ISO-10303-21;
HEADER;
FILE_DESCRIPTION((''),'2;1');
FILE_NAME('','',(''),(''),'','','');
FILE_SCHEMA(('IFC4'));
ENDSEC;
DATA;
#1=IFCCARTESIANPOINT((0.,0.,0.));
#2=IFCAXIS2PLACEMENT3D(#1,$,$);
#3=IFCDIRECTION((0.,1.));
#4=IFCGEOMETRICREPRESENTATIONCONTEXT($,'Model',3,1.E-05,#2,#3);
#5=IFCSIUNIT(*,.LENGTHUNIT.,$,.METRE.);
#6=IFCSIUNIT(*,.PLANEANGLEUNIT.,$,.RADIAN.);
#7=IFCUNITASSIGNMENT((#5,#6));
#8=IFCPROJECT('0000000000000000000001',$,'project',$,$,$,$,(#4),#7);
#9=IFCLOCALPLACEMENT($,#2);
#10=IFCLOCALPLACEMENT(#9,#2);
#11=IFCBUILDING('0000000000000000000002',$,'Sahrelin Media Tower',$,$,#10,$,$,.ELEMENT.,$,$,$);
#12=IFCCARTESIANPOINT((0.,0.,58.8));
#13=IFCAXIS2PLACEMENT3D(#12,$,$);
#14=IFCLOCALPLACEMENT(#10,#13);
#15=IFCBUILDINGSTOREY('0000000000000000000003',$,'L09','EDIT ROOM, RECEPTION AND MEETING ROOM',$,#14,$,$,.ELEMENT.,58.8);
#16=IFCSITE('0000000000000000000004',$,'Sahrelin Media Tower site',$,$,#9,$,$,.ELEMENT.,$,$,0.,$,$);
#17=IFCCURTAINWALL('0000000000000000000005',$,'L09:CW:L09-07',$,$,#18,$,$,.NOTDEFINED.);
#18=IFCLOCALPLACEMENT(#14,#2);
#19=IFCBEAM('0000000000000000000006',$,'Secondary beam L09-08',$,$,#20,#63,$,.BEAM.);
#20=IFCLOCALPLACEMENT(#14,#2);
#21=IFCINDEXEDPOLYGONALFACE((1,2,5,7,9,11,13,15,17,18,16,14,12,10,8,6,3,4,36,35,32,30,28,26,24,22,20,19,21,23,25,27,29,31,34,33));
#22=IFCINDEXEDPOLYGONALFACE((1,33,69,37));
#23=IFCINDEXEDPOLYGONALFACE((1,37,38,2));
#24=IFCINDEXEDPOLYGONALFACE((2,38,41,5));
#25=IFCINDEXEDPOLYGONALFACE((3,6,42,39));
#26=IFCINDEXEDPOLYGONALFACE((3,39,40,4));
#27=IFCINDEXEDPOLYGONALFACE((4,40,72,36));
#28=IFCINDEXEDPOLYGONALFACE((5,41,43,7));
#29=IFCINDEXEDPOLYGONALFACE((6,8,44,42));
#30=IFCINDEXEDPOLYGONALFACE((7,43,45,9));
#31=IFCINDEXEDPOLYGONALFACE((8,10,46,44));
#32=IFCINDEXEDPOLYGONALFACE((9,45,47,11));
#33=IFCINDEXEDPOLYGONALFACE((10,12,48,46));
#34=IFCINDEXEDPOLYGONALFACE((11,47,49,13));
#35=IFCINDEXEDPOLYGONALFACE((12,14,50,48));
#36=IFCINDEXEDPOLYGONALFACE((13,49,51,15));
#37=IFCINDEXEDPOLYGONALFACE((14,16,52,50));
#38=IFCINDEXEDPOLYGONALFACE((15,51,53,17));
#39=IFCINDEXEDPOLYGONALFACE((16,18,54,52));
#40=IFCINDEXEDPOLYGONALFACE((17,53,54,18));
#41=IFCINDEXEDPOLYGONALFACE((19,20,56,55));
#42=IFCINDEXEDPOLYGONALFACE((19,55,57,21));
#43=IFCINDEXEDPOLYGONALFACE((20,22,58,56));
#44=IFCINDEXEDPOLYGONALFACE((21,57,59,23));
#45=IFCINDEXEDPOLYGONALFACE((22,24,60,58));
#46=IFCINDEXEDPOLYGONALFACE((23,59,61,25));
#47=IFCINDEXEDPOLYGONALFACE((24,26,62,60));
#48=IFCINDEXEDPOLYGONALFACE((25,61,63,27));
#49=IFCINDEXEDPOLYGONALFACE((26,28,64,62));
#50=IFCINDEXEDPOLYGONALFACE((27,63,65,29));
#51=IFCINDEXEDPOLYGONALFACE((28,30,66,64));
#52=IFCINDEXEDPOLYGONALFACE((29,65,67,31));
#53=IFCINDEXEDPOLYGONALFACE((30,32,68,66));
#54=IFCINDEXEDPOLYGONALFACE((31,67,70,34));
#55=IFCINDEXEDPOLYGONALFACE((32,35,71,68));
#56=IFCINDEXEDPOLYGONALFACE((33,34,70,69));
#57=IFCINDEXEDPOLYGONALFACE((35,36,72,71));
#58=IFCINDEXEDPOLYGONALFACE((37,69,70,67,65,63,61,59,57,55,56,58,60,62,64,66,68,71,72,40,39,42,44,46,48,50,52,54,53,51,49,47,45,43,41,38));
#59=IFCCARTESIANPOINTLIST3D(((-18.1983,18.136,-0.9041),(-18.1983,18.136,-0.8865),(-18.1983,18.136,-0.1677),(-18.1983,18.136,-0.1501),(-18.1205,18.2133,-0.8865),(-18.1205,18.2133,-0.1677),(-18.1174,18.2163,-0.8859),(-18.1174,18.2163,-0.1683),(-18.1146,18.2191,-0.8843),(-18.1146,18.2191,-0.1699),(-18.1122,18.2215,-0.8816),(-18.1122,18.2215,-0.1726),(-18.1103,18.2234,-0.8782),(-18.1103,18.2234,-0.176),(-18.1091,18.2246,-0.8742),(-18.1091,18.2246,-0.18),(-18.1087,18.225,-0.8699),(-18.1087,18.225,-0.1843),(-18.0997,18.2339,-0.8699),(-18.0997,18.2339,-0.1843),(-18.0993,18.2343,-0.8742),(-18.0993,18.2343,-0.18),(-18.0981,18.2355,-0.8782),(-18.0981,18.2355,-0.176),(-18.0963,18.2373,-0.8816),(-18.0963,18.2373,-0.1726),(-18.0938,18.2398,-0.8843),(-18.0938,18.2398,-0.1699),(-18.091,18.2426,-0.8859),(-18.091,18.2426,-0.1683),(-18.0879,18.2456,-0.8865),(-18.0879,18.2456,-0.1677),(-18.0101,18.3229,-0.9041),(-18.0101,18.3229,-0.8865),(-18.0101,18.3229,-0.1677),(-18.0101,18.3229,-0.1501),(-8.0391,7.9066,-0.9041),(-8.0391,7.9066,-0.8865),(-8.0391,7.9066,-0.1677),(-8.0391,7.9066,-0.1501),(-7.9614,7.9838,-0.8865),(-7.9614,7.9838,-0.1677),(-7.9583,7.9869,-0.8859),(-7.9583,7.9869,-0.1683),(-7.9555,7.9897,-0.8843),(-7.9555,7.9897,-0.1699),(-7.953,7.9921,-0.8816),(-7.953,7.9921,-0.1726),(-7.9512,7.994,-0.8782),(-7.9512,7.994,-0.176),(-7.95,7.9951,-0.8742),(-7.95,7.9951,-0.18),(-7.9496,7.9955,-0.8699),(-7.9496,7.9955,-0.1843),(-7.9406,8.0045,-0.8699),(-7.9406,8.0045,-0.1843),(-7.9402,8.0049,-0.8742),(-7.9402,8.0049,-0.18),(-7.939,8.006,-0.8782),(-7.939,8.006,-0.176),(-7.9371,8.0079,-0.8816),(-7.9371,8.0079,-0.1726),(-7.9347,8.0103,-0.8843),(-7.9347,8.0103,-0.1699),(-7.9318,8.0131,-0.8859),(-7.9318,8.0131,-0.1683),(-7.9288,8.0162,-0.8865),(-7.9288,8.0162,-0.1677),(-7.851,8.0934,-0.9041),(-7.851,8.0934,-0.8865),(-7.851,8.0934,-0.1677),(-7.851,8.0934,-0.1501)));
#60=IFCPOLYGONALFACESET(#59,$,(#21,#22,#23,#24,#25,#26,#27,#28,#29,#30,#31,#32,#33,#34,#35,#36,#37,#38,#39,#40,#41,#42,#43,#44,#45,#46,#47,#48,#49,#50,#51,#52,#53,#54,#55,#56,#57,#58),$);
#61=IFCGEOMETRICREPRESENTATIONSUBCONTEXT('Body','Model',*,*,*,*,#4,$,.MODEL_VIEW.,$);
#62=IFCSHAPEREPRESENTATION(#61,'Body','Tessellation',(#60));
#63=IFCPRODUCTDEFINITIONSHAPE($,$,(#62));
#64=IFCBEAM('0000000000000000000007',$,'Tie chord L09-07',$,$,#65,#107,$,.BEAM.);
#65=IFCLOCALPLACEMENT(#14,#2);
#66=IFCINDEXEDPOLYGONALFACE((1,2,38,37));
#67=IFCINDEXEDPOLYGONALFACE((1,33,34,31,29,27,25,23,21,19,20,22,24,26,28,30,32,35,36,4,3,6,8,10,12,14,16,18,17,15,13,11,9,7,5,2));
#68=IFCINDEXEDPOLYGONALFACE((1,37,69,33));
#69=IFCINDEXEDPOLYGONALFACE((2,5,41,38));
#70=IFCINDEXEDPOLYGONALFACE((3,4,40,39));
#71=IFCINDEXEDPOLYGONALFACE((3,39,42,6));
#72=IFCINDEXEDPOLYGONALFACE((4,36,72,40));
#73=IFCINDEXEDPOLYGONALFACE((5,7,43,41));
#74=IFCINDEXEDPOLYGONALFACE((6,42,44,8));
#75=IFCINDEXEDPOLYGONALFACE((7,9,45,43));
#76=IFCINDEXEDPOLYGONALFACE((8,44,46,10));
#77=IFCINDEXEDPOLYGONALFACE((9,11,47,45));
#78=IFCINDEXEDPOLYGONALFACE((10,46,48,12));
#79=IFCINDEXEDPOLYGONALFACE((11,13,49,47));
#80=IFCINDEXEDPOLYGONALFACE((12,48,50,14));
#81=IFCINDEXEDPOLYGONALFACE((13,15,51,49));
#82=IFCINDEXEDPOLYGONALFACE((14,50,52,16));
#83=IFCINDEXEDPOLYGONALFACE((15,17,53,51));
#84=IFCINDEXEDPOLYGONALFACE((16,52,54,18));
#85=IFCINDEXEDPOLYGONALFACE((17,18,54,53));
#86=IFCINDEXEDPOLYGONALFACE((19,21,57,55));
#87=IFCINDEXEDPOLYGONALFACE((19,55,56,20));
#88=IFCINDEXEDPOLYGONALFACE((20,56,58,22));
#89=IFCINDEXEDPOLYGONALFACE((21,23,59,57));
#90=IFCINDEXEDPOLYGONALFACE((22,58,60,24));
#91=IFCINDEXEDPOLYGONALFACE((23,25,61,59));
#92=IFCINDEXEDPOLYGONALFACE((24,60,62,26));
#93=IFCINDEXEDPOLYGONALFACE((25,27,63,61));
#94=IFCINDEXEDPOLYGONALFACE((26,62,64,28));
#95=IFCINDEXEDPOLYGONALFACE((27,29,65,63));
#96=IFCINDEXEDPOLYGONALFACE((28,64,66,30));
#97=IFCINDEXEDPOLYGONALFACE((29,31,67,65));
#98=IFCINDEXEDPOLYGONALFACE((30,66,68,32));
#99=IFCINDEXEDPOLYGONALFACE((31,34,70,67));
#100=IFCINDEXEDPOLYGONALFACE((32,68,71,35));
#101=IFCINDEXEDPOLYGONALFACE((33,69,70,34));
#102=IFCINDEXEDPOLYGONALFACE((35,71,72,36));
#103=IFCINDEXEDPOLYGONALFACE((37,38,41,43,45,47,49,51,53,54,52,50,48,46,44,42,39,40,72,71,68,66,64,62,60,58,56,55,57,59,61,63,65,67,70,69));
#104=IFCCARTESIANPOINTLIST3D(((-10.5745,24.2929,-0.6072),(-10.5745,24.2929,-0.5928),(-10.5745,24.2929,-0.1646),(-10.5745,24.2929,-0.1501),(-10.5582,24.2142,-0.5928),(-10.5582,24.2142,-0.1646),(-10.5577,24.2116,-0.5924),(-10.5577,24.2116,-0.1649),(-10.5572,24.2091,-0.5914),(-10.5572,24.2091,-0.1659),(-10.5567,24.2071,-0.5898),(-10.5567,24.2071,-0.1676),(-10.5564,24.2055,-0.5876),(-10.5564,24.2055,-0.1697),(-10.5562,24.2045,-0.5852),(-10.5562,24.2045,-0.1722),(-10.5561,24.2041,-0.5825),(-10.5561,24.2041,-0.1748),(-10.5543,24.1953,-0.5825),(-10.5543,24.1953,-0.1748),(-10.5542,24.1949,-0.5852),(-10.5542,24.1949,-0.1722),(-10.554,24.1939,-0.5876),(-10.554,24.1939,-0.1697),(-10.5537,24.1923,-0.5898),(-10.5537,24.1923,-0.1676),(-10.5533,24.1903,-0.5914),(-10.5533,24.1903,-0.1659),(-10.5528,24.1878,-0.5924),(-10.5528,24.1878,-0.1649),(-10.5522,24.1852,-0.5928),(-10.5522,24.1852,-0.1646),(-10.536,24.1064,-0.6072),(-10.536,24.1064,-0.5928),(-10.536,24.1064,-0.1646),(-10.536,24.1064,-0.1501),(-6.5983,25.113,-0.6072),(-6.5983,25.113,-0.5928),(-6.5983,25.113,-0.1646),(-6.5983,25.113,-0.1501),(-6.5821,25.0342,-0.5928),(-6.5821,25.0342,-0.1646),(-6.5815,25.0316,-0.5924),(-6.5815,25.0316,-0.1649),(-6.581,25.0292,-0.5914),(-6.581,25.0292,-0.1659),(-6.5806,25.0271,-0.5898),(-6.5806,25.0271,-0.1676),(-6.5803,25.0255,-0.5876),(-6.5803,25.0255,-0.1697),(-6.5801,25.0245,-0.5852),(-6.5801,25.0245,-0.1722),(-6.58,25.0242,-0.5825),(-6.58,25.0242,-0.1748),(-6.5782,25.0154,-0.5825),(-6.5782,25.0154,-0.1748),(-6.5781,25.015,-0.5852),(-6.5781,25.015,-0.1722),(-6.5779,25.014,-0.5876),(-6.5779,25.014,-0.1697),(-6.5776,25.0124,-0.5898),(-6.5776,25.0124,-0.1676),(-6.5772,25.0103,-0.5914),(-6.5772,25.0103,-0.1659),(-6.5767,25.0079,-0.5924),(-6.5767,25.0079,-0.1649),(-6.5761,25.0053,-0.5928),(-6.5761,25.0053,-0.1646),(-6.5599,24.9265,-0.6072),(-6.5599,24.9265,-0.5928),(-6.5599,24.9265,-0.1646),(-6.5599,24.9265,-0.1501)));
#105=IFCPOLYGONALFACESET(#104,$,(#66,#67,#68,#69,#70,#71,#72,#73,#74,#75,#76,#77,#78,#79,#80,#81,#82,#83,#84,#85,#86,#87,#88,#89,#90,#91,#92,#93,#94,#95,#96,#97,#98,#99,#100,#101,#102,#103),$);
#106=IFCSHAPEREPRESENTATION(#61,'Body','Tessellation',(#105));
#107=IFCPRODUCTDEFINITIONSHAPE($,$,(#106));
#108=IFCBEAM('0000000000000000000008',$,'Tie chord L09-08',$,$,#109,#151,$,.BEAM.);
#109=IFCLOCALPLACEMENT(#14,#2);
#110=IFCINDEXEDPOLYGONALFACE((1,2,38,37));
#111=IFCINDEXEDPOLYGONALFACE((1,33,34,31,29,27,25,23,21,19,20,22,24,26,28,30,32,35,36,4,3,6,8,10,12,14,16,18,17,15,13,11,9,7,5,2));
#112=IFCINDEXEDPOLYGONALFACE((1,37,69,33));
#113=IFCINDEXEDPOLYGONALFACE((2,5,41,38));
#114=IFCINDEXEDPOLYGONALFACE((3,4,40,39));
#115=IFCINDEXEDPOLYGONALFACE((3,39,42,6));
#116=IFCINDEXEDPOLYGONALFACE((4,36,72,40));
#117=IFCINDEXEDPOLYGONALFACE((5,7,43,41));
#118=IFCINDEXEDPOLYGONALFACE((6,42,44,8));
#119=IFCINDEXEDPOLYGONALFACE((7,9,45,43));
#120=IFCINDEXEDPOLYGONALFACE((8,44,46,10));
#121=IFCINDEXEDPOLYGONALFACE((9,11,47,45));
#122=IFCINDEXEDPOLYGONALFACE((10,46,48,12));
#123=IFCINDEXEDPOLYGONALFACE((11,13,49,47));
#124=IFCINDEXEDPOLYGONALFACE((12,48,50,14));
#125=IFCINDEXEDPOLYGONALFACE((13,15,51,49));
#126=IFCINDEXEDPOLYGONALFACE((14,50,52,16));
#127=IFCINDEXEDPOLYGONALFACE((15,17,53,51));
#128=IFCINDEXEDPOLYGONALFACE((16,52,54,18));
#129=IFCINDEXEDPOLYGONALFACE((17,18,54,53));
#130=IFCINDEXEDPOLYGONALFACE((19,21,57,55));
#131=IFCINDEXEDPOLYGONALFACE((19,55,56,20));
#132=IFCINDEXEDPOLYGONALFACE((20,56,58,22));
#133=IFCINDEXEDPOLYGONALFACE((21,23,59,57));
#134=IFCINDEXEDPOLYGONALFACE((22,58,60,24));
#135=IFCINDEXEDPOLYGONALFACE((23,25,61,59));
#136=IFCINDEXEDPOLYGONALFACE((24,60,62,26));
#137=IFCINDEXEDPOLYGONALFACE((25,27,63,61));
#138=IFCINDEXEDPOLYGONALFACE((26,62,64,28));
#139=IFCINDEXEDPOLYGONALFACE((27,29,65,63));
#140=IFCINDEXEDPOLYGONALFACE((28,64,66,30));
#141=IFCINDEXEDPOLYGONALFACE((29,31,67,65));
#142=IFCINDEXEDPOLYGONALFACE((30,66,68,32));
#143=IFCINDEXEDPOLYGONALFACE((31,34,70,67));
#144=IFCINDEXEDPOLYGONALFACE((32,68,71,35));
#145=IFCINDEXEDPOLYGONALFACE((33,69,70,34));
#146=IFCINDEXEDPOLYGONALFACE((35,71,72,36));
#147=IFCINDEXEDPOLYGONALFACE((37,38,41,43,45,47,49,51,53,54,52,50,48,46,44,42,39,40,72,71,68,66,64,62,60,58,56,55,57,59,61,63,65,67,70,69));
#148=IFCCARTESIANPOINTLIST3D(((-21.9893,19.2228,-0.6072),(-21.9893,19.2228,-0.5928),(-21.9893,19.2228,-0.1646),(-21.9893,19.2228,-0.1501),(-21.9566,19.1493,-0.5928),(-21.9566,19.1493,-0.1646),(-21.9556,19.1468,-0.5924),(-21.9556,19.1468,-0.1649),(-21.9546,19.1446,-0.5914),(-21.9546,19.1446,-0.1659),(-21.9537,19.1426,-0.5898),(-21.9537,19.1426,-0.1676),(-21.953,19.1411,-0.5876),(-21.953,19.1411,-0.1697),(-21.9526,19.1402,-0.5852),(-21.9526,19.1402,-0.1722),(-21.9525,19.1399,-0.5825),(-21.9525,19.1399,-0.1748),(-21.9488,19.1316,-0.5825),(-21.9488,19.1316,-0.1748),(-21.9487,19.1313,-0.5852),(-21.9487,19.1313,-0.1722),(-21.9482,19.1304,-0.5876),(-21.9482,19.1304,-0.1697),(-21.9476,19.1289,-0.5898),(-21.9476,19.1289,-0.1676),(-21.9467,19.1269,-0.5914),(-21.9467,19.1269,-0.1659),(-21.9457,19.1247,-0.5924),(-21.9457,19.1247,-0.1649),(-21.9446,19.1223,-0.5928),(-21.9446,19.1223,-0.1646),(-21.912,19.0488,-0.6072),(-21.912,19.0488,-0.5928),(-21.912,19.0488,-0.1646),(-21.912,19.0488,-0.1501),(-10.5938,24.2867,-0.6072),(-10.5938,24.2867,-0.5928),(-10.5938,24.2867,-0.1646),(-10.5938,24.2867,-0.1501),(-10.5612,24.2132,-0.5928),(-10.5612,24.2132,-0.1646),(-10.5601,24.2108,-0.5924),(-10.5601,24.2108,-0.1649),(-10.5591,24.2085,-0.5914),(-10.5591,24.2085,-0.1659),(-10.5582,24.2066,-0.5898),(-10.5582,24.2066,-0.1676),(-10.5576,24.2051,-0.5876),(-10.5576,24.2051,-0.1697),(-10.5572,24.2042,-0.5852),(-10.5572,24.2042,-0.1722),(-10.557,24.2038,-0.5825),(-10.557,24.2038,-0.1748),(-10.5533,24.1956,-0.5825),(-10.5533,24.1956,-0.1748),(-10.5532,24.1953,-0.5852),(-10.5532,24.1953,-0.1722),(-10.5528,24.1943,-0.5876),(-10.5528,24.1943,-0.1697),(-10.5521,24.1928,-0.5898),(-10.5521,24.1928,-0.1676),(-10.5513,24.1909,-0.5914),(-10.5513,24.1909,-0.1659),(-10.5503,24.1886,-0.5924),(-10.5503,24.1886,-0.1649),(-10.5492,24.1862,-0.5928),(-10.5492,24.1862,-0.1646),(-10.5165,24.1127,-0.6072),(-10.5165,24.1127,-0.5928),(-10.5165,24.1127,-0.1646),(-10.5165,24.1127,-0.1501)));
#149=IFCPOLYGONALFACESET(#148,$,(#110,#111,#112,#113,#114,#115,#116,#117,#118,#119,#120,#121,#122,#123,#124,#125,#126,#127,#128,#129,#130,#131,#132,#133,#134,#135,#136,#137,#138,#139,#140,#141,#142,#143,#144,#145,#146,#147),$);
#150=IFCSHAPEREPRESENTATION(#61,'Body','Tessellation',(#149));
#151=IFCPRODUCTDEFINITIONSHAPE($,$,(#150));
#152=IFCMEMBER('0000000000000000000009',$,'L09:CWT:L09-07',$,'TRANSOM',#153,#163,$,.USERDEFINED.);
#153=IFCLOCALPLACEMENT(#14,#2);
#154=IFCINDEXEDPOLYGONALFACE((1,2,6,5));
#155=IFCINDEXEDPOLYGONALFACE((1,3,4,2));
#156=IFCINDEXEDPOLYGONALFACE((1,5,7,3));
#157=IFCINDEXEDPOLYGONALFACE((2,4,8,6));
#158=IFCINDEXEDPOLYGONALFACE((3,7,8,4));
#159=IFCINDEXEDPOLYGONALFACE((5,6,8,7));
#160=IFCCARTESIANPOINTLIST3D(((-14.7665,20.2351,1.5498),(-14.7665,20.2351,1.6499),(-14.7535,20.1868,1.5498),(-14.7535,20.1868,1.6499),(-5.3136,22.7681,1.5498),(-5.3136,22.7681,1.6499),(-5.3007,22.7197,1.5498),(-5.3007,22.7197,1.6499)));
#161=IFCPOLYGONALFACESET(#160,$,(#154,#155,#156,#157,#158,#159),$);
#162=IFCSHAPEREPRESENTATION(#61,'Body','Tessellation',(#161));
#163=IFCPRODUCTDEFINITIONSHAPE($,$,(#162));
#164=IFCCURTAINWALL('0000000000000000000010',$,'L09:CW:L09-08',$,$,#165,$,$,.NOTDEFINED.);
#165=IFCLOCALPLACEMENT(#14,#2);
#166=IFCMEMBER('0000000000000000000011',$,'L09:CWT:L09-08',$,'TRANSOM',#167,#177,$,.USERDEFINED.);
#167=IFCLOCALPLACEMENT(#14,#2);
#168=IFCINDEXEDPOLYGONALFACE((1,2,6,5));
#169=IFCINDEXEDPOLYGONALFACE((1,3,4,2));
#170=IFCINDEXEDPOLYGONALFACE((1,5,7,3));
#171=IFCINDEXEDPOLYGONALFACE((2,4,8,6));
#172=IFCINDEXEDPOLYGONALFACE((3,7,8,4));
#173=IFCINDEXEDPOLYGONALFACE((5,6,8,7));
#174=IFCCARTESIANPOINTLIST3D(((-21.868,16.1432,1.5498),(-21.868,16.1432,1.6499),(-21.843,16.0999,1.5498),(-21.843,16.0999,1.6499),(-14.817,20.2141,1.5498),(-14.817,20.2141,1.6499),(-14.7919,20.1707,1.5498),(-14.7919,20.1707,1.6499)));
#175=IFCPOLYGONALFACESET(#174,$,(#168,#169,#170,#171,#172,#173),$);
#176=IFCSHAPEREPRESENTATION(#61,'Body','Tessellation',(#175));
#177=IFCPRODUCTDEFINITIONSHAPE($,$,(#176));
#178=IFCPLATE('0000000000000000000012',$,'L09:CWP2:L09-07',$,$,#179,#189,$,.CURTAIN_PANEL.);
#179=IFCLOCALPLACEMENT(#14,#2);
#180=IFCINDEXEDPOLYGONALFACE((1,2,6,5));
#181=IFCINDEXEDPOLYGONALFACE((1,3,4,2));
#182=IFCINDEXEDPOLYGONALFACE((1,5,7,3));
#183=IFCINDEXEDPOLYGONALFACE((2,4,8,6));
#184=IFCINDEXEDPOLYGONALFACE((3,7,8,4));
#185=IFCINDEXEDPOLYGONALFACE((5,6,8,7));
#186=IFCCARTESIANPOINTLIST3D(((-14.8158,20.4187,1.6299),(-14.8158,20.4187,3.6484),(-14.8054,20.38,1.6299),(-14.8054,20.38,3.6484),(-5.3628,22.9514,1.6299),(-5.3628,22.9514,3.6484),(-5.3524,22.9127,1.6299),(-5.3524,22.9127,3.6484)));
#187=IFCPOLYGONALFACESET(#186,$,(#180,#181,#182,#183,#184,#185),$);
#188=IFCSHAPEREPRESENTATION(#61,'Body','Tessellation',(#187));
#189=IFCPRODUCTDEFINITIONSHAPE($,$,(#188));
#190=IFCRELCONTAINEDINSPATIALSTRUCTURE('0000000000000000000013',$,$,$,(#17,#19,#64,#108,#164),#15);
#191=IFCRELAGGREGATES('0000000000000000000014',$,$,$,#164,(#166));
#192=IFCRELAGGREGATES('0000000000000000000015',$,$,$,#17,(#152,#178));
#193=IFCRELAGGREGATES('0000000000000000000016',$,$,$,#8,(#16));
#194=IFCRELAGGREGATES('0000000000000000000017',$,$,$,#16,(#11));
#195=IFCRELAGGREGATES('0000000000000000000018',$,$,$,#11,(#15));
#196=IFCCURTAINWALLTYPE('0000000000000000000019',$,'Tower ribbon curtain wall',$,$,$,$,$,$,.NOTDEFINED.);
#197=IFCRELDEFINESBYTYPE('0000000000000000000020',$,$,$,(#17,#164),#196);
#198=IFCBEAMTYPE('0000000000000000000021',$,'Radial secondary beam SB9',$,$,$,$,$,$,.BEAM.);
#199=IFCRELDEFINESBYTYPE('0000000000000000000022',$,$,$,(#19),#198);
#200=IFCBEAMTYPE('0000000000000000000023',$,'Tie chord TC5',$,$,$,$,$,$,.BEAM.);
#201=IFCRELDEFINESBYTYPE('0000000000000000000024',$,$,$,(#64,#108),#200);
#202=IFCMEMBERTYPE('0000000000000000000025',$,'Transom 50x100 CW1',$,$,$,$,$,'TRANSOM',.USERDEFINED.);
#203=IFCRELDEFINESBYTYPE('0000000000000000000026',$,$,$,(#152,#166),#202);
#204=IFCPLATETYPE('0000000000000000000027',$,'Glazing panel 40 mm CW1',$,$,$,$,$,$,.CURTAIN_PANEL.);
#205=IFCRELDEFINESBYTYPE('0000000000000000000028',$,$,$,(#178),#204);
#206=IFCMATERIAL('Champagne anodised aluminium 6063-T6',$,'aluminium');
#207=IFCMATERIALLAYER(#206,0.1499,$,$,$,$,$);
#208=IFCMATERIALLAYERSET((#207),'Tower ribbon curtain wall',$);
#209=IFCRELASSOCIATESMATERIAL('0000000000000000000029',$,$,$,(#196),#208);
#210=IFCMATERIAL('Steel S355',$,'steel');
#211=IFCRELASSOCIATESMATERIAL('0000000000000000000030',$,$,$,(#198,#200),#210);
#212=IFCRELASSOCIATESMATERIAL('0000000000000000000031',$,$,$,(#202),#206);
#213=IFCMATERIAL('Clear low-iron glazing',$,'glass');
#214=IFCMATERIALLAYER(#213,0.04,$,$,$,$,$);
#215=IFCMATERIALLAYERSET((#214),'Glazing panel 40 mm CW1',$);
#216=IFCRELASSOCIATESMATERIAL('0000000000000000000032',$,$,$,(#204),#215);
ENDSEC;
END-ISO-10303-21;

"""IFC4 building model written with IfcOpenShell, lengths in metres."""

from ifc_helpers import new_model, si_unit, direction, frame, origin, origin_2d, place, context, subcontext, project, spatial, polyline, rectangle, i_section, outline, extrude, material, layer, layer_set, material_profile, profile_set, type_object, element, aggregate, save


model = new_model("IFC4")

# Units and contexts
model_context = context("Model", 3, precision=1e-05, world=origin(), true_north=direction((0.0, 1.0)))
body_context = subcontext(model_context, "Body", "Model", "MODEL_VIEW")
ifc_project = project(units=[si_unit("LENGTHUNIT", "METRE"), si_unit("PLANEANGLEUNIT", "RADIAN")], contexts=[model_context])

# Site, building, storey
site_placement = place(None, origin())
site = spatial("IfcSite", under=ifc_project, at=site_placement, Name="Sahrelin Media Tower site", CompositionType="ELEMENT", RefElevation=0.0)
building_placement = place(site_placement, origin())
building = spatial("IfcBuilding", under=site, at=building_placement, Name="Sahrelin Media Tower", CompositionType="ELEMENT")
storey_placement = place(building_placement, frame((0.0, 0.0, 58.8)))
storey = spatial("IfcBuildingStorey", under=building, at=storey_placement, Name="L09", Description="EDIT ROOM, RECEPTION AND MEETING ROOM", CompositionType="ELEMENT", Elevation=58.8)

# Shared definitions
ifc_material_1 = material(Name="Steel S355", Category="steel")

# Curtain wall
ifc_material_2 = material(Name="Champagne anodised aluminium 6063-T6", Category="aluminium")
ifc_layer_1 = layer(ifc_material_2, 0.1499)
ifc_layer_set_1 = layer_set([ifc_layer_1], Name="Tower ribbon curtain wall")
curtain_wall_type = type_object("IfcCurtainWallType", Name="Tower ribbon curtain wall", PredefinedType="NOTDEFINED", material=ifc_layer_set_1)
curtain_wall_1_placement = place(storey_placement, frame((-10.084, 21.6658, 0.0), z_axis=(0.0, 0.0, 1.0), x_axis=(1.0, 0.0, 0.0)))
curtain_wall_1 = element("IfcCurtainWall", 1, at=curtain_wall_1_placement, inside=storey, type_object=curtain_wall_type, Name="L09:CW:L09-07", PredefinedType="NOTDEFINED")

# Beams
ifc_material_profile_1 = material_profile(ifc_material_1, i_section(OverallWidth=0.2651, OverallDepth=0.7539, WebThickness=0.0127, FlangeThickness=0.0176, FilletRadius=0.0166, at=origin_2d()), Name="UB 762x267x147")
ifc_profile_set_1 = profile_set([ifc_material_profile_1], Name="Steel S355")
beam_type_1 = type_object("IfcBeamType", Name="Radial secondary beam SB9", PredefinedType="BEAM", material=ifc_profile_set_1)
beam_1_placement = place(storey_placement, frame((-7.9451, 8.0, -0.5271), z_axis=(-0.704664, 0.709541, 0.0), x_axis=(-0.709541, -0.704664, 0.0)))
element("IfcBeam", 2, at=beam_1_placement, inside=storey, type_object=beam_type_1, Name="Secondary beam L09-08", PredefinedType="BEAM", context=body_context, shape_type="SweptSolid", body=[
    extrude(i_section(OverallWidth=0.2651, OverallDepth=0.7539, WebThickness=0.0127, FlangeThickness=0.0176, FilletRadius=0.0166, at=origin_2d()), origin(), (0.0, 0.0, 1.0), 14.417),
])
ifc_material_profile_2 = material_profile(ifc_material_1, i_section(OverallWidth=0.1904, OverallDepth=0.457, WebThickness=0.009, FlangeThickness=0.0144, FilletRadius=0.0103, at=origin_2d()), Name="UB 457x191x74")
ifc_profile_set_2 = profile_set([ifc_material_profile_2], Name="Steel S355")
beam_type_2 = type_object("IfcBeamType", Name="Tie chord TC5", PredefinedType="BEAM", material=ifc_profile_set_2)
beam_2_placement = place(storey_placement, frame((-6.5791, 25.0198, -0.3787), z_axis=(-0.979386, -0.201999, 0.0), x_axis=(0.201999, -0.979386, 0.0)))
element("IfcBeam", 3, at=beam_2_placement, inside=storey, type_object=beam_type_2, Name="Tie chord L09-07", PredefinedType="BEAM", context=body_context, shape_type="SweptSolid", body=[
    extrude(i_section(OverallWidth=0.1904, OverallDepth=0.457, WebThickness=0.009, FlangeThickness=0.0144, FilletRadius=0.0103, at=origin_2d()), origin(), (0.0, 0.0, 1.0), 4.0598),
])
beam_3_placement = place(storey_placement, frame((-10.5552, 24.1997, -0.3787), z_axis=(-0.913833, -0.406091, 0.0), x_axis=(0.406091, -0.913833, 0.0)))
element("IfcBeam", 4, at=beam_3_placement, inside=storey, type_object=beam_type_2, Name="Tie chord L09-08", PredefinedType="BEAM", context=body_context, shape_type="SweptSolid", body=[
    extrude(i_section(OverallWidth=0.1904, OverallDepth=0.457, WebThickness=0.009, FlangeThickness=0.0144, FilletRadius=0.0103, at=origin_2d()), origin(), (0.0, 0.0, 1.0), 12.47),
])

# Member
ifc_material_profile_3 = material_profile(ifc_material_2, rectangle(XDim=0.05, YDim=0.1001, at=origin_2d()), Name="Transom 50x100")
ifc_profile_set_3 = profile_set([ifc_material_profile_3], Name="Champagne anodised aluminium 6063-T6")
member_type_1 = type_object("IfcMemberType", Name="Transom 50x100 CW1", ElementType="TRANSOM", PredefinedType="USERDEFINED", material=ifc_profile_set_3)
member_1_placement = place(storey_placement, frame((-5.3071, 22.7439, 1.5999), z_axis=(-0.965924, -0.258825, 0.0), x_axis=(0.258825, -0.965924, 0.0)))
member_1 = element("IfcMember", 5, at=member_1_placement, type_object=member_type_1, Name="L09:CWT:L09-07", ObjectType="TRANSOM", PredefinedType="USERDEFINED", context=body_context, shape_type="SweptSolid", body=[
    extrude(rectangle(XDim=0.05, YDim=0.1001, at=origin_2d()), origin(), (0.0, 0.0, 1.0), 9.7864),
])

# Curtain wall, member
curtain_wall_2_placement = place(storey_placement, frame((-18.4275, 18.3257, 0.0), z_axis=(0.0, 0.0, 1.0), x_axis=(1.0, 0.0, 0.0)))
curtain_wall_2 = element("IfcCurtainWall", 6, at=curtain_wall_2_placement, inside=storey, type_object=curtain_wall_type, Name="L09:CW:L09-08", PredefinedType="NOTDEFINED")
member_2_placement = place(storey_placement, frame((-14.8044, 20.1924, 1.5999), z_axis=(-0.866031, -0.49999, 0.0), x_axis=(0.49999, -0.866031, 0.0)))
member_2 = element("IfcMember", 7, at=member_2_placement, type_object=member_type_1, Name="L09:CWT:L09-08", ObjectType="TRANSOM", PredefinedType="USERDEFINED", context=body_context, shape_type="SweptSolid", body=[
    extrude(rectangle(XDim=0.05, YDim=0.1001, at=origin_2d()), origin(), (0.0, 0.0, 1.0), 8.1418),
])

# Plate
ifc_material_3 = material(Name="Clear low-iron glazing", Category="glass")
ifc_layer_2 = layer(ifc_material_3, 0.04)
ifc_layer_set_2 = layer_set([ifc_layer_2], Name="Glazing panel 40 mm CW1")
plate_type_1 = type_object("IfcPlateType", Name="Glazing panel 40 mm CW1", PredefinedType="CURTAIN_PANEL", material=ifc_layer_set_2)
plate_1_placement = place(storey_placement, frame((-5.3628, 22.9514, 1.6299), z_axis=(-0.258802, 0.96593, 0.0), x_axis=(-0.96593, -0.258802, 0.0)))
plate_1 = element("IfcPlate", 8, at=plate_1_placement, type_object=plate_type_1, Name="L09:CWP2:L09-07", PredefinedType="CURTAIN_PANEL", context=body_context, shape_type="SweptSolid", body=[
    extrude(outline(polyline([(0.0, 0.0), (9.7864, 0.0), (9.7864, 2.0186), (0.0, 2.0186), (0.0, 0.0)])), origin(), (0.0, 0.0, -1.0), 0.04),
])
aggregate(curtain_wall_2, [member_2])
aggregate(curtain_wall_1, [member_1, plate_1])

save(model, "model.ifc")
